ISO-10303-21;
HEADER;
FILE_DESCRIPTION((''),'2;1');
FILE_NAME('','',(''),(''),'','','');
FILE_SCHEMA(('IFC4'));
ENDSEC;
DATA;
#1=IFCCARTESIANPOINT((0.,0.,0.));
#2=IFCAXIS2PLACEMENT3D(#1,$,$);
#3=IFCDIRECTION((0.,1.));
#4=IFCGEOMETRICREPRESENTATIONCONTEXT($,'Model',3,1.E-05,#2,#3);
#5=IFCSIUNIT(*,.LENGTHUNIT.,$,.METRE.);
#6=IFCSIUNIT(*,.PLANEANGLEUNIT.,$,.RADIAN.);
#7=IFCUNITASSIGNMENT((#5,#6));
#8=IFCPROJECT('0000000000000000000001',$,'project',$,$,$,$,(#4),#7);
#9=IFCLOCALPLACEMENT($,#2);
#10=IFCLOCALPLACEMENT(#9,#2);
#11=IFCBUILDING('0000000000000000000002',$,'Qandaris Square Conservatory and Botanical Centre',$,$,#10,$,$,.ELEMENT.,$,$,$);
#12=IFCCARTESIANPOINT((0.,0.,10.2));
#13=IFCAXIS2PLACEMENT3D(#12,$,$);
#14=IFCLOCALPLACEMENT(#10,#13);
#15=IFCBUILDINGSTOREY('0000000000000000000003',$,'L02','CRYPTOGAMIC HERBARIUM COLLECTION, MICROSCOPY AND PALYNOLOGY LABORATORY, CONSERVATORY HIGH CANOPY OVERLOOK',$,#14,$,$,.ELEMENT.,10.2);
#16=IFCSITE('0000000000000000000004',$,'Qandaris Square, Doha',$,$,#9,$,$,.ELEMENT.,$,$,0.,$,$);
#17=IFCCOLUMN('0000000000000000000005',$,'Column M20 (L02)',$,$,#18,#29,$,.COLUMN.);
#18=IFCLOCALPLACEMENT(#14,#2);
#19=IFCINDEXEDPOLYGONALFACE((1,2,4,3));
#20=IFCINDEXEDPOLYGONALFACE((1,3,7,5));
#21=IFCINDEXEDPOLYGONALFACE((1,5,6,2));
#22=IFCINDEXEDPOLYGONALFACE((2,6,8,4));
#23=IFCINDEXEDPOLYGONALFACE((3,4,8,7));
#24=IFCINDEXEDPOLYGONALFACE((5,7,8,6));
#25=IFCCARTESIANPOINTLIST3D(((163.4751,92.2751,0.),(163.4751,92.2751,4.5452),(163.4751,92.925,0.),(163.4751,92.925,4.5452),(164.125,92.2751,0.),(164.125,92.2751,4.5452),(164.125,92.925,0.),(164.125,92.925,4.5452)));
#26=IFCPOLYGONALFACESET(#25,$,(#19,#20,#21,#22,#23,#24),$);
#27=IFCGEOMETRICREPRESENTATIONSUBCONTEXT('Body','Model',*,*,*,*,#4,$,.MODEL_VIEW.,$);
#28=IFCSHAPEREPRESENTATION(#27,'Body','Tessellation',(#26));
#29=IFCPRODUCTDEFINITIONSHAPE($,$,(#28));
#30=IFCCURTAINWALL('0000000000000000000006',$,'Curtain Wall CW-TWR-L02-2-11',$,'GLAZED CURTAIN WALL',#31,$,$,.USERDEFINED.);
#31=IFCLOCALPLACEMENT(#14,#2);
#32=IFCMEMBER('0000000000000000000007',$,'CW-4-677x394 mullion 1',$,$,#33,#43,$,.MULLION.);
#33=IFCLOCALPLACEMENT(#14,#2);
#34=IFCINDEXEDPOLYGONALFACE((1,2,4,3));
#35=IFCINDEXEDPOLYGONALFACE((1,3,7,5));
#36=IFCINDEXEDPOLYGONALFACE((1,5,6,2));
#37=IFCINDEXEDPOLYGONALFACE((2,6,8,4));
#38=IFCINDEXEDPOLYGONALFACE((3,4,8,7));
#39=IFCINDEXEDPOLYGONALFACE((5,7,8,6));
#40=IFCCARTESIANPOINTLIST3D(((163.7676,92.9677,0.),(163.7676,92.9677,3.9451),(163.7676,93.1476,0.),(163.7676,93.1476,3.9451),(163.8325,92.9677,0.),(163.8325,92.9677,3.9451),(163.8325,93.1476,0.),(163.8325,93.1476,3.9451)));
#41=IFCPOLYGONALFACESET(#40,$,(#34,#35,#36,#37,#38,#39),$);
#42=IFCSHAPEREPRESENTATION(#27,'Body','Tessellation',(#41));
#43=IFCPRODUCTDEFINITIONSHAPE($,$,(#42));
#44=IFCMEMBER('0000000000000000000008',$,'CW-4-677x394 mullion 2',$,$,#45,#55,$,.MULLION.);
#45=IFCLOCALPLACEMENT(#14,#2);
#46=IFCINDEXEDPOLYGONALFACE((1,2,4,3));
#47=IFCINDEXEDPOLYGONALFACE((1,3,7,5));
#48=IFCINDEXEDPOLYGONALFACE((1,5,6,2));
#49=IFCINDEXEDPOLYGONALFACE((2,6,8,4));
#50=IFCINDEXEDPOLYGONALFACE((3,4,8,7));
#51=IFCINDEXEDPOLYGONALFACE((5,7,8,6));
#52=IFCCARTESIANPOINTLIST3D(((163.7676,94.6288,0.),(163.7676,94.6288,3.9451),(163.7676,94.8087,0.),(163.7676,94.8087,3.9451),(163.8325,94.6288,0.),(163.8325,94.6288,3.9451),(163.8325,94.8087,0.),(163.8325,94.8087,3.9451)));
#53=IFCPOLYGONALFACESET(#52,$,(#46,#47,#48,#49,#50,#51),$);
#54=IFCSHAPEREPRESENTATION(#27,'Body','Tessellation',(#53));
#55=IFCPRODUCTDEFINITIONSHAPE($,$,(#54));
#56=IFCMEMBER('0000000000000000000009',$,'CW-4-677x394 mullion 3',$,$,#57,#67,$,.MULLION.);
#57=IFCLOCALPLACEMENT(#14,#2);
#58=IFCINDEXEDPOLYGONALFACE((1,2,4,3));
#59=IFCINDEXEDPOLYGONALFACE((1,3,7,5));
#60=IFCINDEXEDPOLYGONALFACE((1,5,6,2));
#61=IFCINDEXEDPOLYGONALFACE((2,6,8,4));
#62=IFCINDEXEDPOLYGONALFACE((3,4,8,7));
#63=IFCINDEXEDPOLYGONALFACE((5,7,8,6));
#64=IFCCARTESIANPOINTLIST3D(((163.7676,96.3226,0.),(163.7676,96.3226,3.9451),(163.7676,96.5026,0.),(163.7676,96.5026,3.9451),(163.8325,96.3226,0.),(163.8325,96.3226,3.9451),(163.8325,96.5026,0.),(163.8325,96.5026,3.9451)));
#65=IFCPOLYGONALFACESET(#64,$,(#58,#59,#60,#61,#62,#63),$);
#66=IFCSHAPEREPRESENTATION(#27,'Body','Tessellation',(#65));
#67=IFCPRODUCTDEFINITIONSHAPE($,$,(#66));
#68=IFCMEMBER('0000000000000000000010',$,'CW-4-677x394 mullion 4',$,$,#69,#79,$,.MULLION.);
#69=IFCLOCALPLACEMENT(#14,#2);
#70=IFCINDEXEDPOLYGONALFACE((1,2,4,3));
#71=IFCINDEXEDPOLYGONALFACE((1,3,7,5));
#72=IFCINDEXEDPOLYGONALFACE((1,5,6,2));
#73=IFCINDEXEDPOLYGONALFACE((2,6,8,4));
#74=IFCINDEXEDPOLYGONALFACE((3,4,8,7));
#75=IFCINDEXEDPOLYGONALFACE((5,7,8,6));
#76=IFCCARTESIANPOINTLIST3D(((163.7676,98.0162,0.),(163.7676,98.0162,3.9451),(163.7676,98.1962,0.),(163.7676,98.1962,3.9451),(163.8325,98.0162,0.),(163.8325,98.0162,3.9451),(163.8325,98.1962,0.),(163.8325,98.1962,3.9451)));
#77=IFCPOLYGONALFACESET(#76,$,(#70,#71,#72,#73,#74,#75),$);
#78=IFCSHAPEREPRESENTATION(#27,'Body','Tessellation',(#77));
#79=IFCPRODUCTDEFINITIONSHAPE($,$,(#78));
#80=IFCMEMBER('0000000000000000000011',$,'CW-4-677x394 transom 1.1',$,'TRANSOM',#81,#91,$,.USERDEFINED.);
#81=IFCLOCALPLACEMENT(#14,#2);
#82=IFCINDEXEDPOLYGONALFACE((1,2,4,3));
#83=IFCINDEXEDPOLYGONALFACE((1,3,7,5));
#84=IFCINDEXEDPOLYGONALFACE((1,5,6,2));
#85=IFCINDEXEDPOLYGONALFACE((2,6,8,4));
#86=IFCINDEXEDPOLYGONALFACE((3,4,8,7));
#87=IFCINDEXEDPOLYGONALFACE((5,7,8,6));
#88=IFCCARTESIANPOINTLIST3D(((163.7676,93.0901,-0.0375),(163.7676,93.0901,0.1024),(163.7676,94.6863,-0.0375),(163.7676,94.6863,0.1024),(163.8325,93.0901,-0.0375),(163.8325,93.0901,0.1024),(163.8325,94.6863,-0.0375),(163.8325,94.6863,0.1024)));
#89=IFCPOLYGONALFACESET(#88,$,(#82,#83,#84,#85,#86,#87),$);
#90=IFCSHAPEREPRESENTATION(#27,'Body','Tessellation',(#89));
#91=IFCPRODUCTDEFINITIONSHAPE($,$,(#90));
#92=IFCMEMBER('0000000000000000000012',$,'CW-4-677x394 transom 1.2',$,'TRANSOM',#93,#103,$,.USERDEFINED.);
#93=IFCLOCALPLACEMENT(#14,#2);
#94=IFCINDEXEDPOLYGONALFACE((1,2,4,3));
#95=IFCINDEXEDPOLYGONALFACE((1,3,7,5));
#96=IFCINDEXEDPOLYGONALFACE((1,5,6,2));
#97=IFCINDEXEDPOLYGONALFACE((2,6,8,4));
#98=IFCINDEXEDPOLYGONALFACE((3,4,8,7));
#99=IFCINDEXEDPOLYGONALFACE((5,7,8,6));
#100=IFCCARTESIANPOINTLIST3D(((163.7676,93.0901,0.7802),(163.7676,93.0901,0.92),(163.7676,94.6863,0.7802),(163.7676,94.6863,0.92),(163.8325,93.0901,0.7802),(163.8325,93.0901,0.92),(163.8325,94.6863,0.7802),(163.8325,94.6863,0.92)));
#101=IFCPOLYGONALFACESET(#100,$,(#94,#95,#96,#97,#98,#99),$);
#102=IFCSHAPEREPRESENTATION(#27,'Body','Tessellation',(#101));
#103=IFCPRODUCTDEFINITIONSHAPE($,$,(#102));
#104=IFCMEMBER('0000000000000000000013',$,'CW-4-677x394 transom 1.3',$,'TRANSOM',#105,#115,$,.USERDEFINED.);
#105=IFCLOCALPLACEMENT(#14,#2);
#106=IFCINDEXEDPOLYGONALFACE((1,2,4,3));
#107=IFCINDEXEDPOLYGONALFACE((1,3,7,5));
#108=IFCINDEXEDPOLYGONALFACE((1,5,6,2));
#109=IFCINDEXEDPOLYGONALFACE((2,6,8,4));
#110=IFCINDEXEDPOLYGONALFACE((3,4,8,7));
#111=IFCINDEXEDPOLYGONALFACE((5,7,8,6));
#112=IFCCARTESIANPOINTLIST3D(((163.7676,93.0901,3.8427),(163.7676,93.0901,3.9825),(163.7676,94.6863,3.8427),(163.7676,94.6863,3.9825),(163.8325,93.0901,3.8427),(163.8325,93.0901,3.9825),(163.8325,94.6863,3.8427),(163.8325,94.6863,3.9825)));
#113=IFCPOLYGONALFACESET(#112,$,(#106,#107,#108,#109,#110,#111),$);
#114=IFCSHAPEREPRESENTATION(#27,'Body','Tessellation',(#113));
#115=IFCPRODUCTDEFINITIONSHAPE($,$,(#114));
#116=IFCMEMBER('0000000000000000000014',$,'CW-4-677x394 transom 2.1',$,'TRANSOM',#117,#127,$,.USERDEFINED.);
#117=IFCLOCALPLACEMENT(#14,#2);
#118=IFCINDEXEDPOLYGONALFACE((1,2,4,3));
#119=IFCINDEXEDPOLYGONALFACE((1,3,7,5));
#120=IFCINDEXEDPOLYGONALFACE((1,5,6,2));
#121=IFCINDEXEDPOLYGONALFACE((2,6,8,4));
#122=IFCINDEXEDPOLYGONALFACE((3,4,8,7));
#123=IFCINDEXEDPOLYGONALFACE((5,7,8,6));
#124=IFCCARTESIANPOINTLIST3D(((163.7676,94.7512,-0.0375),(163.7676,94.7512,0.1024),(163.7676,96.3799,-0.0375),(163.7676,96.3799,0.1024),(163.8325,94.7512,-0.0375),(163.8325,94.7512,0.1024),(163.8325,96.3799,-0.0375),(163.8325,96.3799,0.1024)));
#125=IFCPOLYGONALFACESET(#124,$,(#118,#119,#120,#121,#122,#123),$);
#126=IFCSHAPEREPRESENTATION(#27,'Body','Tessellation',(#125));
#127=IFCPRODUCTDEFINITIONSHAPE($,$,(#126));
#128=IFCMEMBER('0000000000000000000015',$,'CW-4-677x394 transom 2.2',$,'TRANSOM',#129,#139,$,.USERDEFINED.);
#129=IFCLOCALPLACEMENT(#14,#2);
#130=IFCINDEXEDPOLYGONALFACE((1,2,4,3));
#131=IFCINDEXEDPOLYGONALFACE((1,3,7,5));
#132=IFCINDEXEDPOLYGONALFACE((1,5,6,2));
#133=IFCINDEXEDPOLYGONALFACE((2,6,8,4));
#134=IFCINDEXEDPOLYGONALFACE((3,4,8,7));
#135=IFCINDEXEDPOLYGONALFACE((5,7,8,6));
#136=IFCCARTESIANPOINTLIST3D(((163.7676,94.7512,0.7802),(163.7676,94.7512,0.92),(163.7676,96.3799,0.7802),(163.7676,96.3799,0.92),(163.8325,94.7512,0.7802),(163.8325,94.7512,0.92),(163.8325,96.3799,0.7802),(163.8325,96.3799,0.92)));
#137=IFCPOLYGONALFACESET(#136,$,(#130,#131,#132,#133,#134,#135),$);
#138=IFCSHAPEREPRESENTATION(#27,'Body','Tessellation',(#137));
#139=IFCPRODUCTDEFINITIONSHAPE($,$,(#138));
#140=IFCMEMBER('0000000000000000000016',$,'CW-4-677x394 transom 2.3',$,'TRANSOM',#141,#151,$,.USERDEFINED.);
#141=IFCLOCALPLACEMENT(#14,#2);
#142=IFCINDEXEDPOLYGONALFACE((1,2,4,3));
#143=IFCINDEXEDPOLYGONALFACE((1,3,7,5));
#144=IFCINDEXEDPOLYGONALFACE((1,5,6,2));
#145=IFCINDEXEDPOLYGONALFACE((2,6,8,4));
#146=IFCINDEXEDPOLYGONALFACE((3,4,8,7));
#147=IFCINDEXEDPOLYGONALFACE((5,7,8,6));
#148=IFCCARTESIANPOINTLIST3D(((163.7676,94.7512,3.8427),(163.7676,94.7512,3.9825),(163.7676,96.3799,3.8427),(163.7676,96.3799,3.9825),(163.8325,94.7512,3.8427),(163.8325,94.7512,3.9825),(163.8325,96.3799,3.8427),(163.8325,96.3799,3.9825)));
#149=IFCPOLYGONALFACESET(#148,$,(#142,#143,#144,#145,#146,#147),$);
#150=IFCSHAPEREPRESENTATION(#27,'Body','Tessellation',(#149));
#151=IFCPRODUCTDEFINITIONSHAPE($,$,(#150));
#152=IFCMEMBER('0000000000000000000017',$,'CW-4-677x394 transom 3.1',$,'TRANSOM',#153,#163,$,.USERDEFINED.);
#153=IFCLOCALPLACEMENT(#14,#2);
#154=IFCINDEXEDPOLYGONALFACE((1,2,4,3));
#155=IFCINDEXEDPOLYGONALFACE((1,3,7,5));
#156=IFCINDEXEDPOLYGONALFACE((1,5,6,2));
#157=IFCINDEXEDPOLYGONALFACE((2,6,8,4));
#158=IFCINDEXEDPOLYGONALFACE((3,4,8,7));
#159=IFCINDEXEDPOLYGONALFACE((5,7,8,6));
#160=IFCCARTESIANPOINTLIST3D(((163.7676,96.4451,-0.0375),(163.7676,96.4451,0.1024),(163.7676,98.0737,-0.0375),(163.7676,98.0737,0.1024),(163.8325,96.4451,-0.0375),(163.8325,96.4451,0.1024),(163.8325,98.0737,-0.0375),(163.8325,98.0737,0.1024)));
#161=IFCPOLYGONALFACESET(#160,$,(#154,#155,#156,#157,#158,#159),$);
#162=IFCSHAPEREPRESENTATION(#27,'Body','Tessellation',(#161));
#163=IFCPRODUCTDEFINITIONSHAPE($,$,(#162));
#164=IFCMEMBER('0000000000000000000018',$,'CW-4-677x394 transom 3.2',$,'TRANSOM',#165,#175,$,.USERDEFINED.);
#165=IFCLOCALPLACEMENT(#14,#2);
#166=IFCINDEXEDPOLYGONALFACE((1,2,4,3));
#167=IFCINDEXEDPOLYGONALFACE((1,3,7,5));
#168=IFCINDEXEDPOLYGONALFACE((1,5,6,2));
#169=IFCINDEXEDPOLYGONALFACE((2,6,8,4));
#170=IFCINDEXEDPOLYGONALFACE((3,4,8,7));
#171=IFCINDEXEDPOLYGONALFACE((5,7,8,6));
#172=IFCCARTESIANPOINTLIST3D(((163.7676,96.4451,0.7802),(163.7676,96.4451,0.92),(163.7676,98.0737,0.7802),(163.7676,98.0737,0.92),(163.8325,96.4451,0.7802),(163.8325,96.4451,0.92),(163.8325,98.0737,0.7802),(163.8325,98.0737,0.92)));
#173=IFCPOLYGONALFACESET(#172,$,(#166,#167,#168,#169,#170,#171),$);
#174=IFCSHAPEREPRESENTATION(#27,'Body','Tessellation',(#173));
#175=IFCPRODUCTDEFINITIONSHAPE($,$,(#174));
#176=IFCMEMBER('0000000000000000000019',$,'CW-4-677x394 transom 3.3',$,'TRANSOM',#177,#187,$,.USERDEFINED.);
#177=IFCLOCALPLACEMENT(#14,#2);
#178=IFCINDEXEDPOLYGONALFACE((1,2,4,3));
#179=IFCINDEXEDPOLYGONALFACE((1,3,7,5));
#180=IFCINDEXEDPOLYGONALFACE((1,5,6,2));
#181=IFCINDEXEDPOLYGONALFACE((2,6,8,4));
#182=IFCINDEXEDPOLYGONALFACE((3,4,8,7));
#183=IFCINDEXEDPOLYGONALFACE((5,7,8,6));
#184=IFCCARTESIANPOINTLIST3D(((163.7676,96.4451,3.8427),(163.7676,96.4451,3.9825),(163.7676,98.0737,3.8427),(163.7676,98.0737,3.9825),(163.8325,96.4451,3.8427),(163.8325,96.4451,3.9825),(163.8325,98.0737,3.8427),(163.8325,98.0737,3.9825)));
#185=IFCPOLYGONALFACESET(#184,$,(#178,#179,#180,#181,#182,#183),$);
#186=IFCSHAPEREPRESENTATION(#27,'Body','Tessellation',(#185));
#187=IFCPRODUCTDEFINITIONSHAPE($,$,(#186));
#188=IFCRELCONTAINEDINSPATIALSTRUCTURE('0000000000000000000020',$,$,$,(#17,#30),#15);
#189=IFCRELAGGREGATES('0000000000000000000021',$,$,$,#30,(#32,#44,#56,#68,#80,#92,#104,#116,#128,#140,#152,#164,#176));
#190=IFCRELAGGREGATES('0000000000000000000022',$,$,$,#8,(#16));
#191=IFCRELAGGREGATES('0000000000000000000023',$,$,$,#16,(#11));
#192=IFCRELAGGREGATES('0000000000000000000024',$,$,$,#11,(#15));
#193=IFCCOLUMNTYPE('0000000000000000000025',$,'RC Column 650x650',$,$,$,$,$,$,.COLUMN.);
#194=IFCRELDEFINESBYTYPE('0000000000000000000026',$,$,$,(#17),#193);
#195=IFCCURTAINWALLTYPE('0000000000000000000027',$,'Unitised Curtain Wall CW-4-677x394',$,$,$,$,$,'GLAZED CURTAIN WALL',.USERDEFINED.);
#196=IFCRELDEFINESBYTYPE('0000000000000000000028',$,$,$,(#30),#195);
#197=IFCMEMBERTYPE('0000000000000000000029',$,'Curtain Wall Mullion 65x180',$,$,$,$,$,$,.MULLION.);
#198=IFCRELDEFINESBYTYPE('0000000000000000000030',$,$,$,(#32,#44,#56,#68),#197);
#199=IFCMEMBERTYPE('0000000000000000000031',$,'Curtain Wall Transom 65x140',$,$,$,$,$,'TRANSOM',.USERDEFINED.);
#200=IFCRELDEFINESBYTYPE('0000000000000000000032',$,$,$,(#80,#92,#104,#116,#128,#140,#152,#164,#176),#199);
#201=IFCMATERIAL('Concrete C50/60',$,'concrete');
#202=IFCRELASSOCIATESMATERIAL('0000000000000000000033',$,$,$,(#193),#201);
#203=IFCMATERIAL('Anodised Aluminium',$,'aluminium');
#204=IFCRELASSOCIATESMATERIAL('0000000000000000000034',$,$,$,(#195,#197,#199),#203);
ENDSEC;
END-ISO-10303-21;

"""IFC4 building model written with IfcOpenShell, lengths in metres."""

from ifc_helpers import new_model, si_unit, direction, frame, origin, origin_2d, place, context, subcontext, project, spatial, rectangle, extrude, material, material_profile, profile_set, type_object, element, aggregate, save


model = new_model("IFC4")

# Units and contexts
model_context = context("Model", 3, precision=1e-05, world=origin(), true_north=direction((0.0, 1.0)))
body_context = subcontext(model_context, "Body", "Model", "MODEL_VIEW")
ifc_project = project(units=[si_unit("LENGTHUNIT", "METRE"), si_unit("PLANEANGLEUNIT", "RADIAN")], contexts=[model_context])

# Site, building, storey
site_placement = place(None, origin())
site = spatial("IfcSite", under=ifc_project, at=site_placement, Name="Qandaris Square, Doha", CompositionType="ELEMENT", RefElevation=0.0)
building_placement = place(site_placement, origin())
building = spatial("IfcBuilding", under=site, at=building_placement, Name="Qandaris Square Conservatory and Botanical Centre", CompositionType="ELEMENT")
storey_placement = place(building_placement, frame((0.0, 0.0, 10.2)))
storey = spatial("IfcBuildingStorey", under=building, at=storey_placement, Name="L02", Description="CRYPTOGAMIC HERBARIUM COLLECTION, MICROSCOPY AND PALYNOLOGY LABORATORY, CONSERVATORY HIGH CANOPY OVERLOOK", CompositionType="ELEMENT", Elevation=10.2)

# Column
ifc_material_1 = material(Name="Concrete C50/60", Category="concrete")
ifc_material_profile_1 = material_profile(ifc_material_1, rectangle(XDim=0.6499, YDim=0.6499, at=origin_2d()), Name="RC-COL 650x650")
ifc_profile_set_1 = profile_set([ifc_material_profile_1], Name="Concrete C50/60")
column_type = type_object("IfcColumnType", Name="RC Column 650x650", PredefinedType="COLUMN", material=ifc_profile_set_1)
column_placement = place(storey_placement, frame((163.8, 92.6001, 0.0), z_axis=(0.0, 0.0, 1.0), x_axis=(1.0, 0.0, 0.0)))
element("IfcColumn", 1, at=column_placement, inside=storey, type_object=column_type, Name="Column M20 (L02)", PredefinedType="COLUMN", context=body_context, shape_type="SweptSolid", body=[
    extrude(rectangle(XDim=0.6499, YDim=0.6499, at=origin_2d()), origin(), (0.0, 0.0, 1.0), 4.5452),
])

# Curtain wall, members
ifc_material_2 = material(Name="Anodised Aluminium", Category="aluminium")
curtain_wall_type = type_object("IfcCurtainWallType", Name="Unitised Curtain Wall CW-4-677x394", ElementType="GLAZED CURTAIN WALL", PredefinedType="USERDEFINED", material=ifc_material_2)
curtain_wall_placement = place(storey_placement, origin())
curtain_wall = element("IfcCurtainWall", 2, at=curtain_wall_placement, inside=storey, type_object=curtain_wall_type, Name="Curtain Wall CW-TWR-L02-2-11", ObjectType="GLAZED CURTAIN WALL", PredefinedType="USERDEFINED")
ifc_material_profile_2 = material_profile(ifc_material_2, rectangle(XDim=0.0649, YDim=0.1799, at=origin_2d()), Name="ALU-MUL 65x180")
ifc_profile_set_2 = profile_set([ifc_material_profile_2], Name="Anodised Aluminium")
member_type_1 = type_object("IfcMemberType", Name="Curtain Wall Mullion 65x180", PredefinedType="MULLION", material=ifc_profile_set_2)
member_1_placement = place(storey_placement, frame((163.8, 93.0576, 0.0), z_axis=(0.0, 0.0, 1.0), x_axis=(-1.0, 0.0, 0.0)))
member_1 = element("IfcMember", 3, at=member_1_placement, type_object=member_type_1, Name="CW-4-677x394 mullion 1", PredefinedType="MULLION", context=body_context, shape_type="SweptSolid", body=[
    extrude(rectangle(XDim=0.0649, YDim=0.1799, at=origin_2d()), origin(), (0.0, 0.0, 1.0), 3.9451),
])
member_2_placement = place(storey_placement, frame((163.8, 94.7188, 0.0), z_axis=(0.0, 0.0, 1.0), x_axis=(-1.0, 0.0, 0.0)))
member_2 = element("IfcMember", 4, at=member_2_placement, type_object=member_type_1, Name="CW-4-677x394 mullion 2", PredefinedType="MULLION", context=body_context, shape_type="SweptSolid", body=[
    extrude(rectangle(XDim=0.0649, YDim=0.1799, at=origin_2d()), origin(), (0.0, 0.0, 1.0), 3.9451),
])
member_3_placement = place(storey_placement, frame((163.8, 96.4126, 0.0), z_axis=(0.0, 0.0, 1.0), x_axis=(-1.0, 0.0, 0.0)))
member_3 = element("IfcMember", 5, at=member_3_placement, type_object=member_type_1, Name="CW-4-677x394 mullion 3", PredefinedType="MULLION", context=body_context, shape_type="SweptSolid", body=[
    extrude(rectangle(XDim=0.0649, YDim=0.1799, at=origin_2d()), origin(), (0.0, 0.0, 1.0), 3.9451),
])
member_4_placement = place(storey_placement, frame((163.8, 98.1062, 0.0), z_axis=(0.0, 0.0, 1.0), x_axis=(-1.0, 0.0, 0.0)))
member_4 = element("IfcMember", 6, at=member_4_placement, type_object=member_type_1, Name="CW-4-677x394 mullion 4", PredefinedType="MULLION", context=body_context, shape_type="SweptSolid", body=[
    extrude(rectangle(XDim=0.0649, YDim=0.1799, at=origin_2d()), origin(), (0.0, 0.0, 1.0), 3.9451),
])
ifc_material_profile_3 = material_profile(ifc_material_2, rectangle(XDim=0.0649, YDim=0.1399, at=origin_2d()), Name="ALU-TRN 65x140")
ifc_profile_set_3 = profile_set([ifc_material_profile_3], Name="Anodised Aluminium")
member_type_2 = type_object("IfcMemberType", Name="Curtain Wall Transom 65x140", ElementType="TRANSOM", PredefinedType="USERDEFINED", material=ifc_profile_set_3)
member_5_placement = place(storey_placement, frame((163.8, 93.0901, 0.0325), z_axis=(0.0, 1.0, 0.0), x_axis=(-1.0, 0.0, 0.0)))
member_5 = element("IfcMember", 7, at=member_5_placement, type_object=member_type_2, Name="CW-4-677x394 transom 1.1", ObjectType="TRANSOM", PredefinedType="USERDEFINED", context=body_context, shape_type="SweptSolid", body=[
    extrude(rectangle(XDim=0.0649, YDim=0.1399, at=origin_2d()), origin(), (0.0, 0.0, 1.0), 1.5962),
])
member_6_placement = place(storey_placement, frame((163.8, 93.0901, 0.8501), z_axis=(0.0, 1.0, 0.0), x_axis=(-1.0, 0.0, 0.0)))
member_6 = element("IfcMember", 8, at=member_6_placement, type_object=member_type_2, Name="CW-4-677x394 transom 1.2", ObjectType="TRANSOM", PredefinedType="USERDEFINED", context=body_context, shape_type="SweptSolid", body=[
    extrude(rectangle(XDim=0.0649, YDim=0.1399, at=origin_2d()), origin(), (0.0, 0.0, 1.0), 1.5962),
])
member_7_placement = place(storey_placement, frame((163.8, 93.0901, 3.9126), z_axis=(0.0, 1.0, 0.0), x_axis=(-1.0, 0.0, 0.0)))
member_7 = element("IfcMember", 9, at=member_7_placement, type_object=member_type_2, Name="CW-4-677x394 transom 1.3", ObjectType="TRANSOM", PredefinedType="USERDEFINED", context=body_context, shape_type="SweptSolid", body=[
    extrude(rectangle(XDim=0.0649, YDim=0.1399, at=origin_2d()), origin(), (0.0, 0.0, 1.0), 1.5962),
])
member_8_placement = place(storey_placement, frame((163.8, 94.7512, 0.0325), z_axis=(0.0, 1.0, 0.0), x_axis=(-1.0, 0.0, 0.0)))
member_8 = element("IfcMember", 10, at=member_8_placement, type_object=member_type_2, Name="CW-4-677x394 transom 2.1", ObjectType="TRANSOM", PredefinedType="USERDEFINED", context=body_context, shape_type="SweptSolid", body=[
    extrude(rectangle(XDim=0.0649, YDim=0.1399, at=origin_2d()), origin(), (0.0, 0.0, 1.0), 1.6287),
])
member_9_placement = place(storey_placement, frame((163.8, 94.7512, 0.8501), z_axis=(0.0, 1.0, 0.0), x_axis=(-1.0, 0.0, 0.0)))
member_9 = element("IfcMember", 11, at=member_9_placement, type_object=member_type_2, Name="CW-4-677x394 transom 2.2", ObjectType="TRANSOM", PredefinedType="USERDEFINED", context=body_context, shape_type="SweptSolid", body=[
    extrude(rectangle(XDim=0.0649, YDim=0.1399, at=origin_2d()), origin(), (0.0, 0.0, 1.0), 1.6287),
])
member_10_placement = place(storey_placement, frame((163.8, 94.7512, 3.9126), z_axis=(0.0, 1.0, 0.0), x_axis=(-1.0, 0.0, 0.0)))
member_10 = element("IfcMember", 12, at=member_10_placement, type_object=member_type_2, Name="CW-4-677x394 transom 2.3", ObjectType="TRANSOM", PredefinedType="USERDEFINED", context=body_context, shape_type="SweptSolid", body=[
    extrude(rectangle(XDim=0.0649, YDim=0.1399, at=origin_2d()), origin(), (0.0, 0.0, 1.0), 1.6287),
])
member_11_placement = place(storey_placement, frame((163.8, 96.4451, 0.0325), z_axis=(0.0, 1.0, 0.0), x_axis=(-1.0, 0.0, 0.0)))
member_11 = element("IfcMember", 13, at=member_11_placement, type_object=member_type_2, Name="CW-4-677x394 transom 3.1", ObjectType="TRANSOM", PredefinedType="USERDEFINED", context=body_context, shape_type="SweptSolid", body=[
    extrude(rectangle(XDim=0.0649, YDim=0.1399, at=origin_2d()), origin(), (0.0, 0.0, 1.0), 1.6287),
])
member_12_placement = place(storey_placement, frame((163.8, 96.4451, 0.8501), z_axis=(0.0, 1.0, 0.0), x_axis=(-1.0, 0.0, 0.0)))
member_12 = element("IfcMember", 14, at=member_12_placement, type_object=member_type_2, Name="CW-4-677x394 transom 3.2", ObjectType="TRANSOM", PredefinedType="USERDEFINED", context=body_context, shape_type="SweptSolid", body=[
    extrude(rectangle(XDim=0.0649, YDim=0.1399, at=origin_2d()), origin(), (0.0, 0.0, 1.0), 1.6287),
])
member_13_placement = place(storey_placement, frame((163.8, 96.4451, 3.9126), z_axis=(0.0, 1.0, 0.0), x_axis=(-1.0, 0.0, 0.0)))
member_13 = element("IfcMember", 15, at=member_13_placement, type_object=member_type_2, Name="CW-4-677x394 transom 3.3", ObjectType="TRANSOM", PredefinedType="USERDEFINED", context=body_context, shape_type="SweptSolid", body=[
    extrude(rectangle(XDim=0.0649, YDim=0.1399, at=origin_2d()), origin(), (0.0, 0.0, 1.0), 1.6287),
])

aggregate(curtain_wall, [member_1, member_2, member_3, member_4, member_5, member_6, member_7, member_8, member_9, member_10, member_11, member_12, member_13])

save(model, "model.ifc")
